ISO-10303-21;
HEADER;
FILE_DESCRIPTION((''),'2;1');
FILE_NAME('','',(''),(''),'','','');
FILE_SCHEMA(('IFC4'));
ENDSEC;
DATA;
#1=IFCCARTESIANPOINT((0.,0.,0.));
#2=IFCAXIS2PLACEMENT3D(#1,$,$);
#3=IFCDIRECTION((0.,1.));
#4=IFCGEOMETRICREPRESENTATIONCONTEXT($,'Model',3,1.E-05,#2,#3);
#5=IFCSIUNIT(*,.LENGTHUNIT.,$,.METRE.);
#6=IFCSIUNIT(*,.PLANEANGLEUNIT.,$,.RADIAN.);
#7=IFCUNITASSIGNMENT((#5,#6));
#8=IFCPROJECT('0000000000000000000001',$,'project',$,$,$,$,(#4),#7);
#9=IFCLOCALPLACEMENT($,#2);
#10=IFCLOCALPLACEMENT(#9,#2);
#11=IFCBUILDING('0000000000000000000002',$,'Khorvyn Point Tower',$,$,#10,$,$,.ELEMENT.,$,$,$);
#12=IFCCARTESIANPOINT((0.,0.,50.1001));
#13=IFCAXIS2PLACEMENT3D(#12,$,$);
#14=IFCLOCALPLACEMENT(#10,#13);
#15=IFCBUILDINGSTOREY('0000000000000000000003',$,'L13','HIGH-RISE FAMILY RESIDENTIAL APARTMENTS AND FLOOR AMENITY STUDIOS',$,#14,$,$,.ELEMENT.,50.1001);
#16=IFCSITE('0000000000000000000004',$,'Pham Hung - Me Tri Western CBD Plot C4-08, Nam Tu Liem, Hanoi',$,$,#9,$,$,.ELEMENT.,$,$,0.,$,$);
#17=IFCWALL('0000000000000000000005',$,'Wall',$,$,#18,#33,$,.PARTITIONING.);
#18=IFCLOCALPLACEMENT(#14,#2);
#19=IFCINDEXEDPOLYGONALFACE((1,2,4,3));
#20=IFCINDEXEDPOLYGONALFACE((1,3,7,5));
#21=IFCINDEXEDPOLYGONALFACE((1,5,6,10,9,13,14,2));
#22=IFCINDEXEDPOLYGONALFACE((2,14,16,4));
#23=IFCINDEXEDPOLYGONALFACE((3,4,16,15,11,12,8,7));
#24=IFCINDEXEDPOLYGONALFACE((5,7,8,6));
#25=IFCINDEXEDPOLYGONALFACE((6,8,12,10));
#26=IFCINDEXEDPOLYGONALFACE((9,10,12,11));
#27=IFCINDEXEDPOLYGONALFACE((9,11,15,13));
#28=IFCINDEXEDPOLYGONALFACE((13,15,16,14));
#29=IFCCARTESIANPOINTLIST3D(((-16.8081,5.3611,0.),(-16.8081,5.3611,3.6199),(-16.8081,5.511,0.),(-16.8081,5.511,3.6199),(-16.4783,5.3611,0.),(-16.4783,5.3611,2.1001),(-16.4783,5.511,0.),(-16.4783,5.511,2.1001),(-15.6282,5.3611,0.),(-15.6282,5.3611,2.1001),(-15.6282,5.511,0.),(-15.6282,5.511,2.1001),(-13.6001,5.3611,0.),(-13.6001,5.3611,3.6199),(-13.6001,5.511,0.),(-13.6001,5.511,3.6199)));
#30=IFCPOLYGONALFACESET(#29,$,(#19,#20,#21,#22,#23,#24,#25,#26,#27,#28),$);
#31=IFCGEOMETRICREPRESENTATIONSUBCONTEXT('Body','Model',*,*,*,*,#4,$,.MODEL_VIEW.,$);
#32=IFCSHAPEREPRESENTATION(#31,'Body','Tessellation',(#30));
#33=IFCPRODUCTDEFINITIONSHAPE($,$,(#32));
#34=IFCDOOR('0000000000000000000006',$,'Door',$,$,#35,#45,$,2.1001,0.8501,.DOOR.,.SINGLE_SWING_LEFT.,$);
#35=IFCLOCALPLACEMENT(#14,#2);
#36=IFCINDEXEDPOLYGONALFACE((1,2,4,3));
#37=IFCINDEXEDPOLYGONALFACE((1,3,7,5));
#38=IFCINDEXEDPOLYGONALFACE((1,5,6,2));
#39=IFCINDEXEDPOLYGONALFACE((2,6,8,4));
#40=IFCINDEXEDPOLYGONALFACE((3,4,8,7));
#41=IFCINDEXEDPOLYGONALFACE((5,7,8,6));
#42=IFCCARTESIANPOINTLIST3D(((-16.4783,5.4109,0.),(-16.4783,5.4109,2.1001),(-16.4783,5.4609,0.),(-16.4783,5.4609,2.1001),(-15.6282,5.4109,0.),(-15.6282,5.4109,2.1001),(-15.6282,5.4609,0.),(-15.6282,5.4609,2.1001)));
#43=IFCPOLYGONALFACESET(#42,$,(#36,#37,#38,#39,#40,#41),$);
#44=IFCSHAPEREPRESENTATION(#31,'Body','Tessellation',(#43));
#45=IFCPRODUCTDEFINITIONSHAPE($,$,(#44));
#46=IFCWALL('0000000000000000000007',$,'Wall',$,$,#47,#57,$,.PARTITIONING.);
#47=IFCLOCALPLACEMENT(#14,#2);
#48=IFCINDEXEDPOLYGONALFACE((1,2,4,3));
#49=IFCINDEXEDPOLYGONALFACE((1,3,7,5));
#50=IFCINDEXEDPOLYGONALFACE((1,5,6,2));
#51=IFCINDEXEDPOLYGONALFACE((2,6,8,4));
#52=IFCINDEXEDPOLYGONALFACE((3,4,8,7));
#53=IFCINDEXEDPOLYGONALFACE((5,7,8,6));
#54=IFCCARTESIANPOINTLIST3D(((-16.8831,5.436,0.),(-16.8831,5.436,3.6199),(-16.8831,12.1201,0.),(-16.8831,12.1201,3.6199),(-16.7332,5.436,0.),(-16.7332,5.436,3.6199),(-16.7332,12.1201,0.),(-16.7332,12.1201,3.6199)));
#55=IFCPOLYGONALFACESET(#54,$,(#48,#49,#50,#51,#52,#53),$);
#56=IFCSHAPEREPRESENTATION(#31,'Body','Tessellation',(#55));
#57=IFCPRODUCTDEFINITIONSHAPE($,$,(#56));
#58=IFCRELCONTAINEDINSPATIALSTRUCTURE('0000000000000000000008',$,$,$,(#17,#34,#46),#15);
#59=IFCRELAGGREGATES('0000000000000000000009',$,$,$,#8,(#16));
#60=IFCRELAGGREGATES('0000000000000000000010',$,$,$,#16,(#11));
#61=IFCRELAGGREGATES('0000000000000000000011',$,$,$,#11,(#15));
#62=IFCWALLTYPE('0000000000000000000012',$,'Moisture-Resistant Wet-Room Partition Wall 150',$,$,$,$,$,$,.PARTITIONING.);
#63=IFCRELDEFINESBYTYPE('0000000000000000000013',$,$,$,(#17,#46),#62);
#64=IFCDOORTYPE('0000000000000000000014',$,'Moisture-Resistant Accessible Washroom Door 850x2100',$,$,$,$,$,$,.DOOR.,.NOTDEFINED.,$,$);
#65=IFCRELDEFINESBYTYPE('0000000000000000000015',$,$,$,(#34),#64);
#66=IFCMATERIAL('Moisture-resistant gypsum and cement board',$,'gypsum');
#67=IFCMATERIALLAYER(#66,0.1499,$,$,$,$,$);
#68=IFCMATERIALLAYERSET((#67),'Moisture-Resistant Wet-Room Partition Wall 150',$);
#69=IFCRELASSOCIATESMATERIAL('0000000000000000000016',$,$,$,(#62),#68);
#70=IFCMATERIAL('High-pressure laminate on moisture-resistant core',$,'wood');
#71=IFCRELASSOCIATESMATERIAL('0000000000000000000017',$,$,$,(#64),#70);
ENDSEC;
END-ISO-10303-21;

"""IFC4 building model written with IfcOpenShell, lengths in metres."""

from ifc_helpers import new_model, si_unit, direction, frame, frame_2d, origin, place, context, subcontext, project, spatial, rectangle, extrude, material, layer, layer_set, type_object, element, fill, save


model = new_model("IFC4")

# Units and contexts
model_context = context("Model", 3, precision=1e-05, world=origin(), true_north=direction((0.0, 1.0)))
body_context = subcontext(model_context, "Body", "Model", "MODEL_VIEW")
ifc_project = project(units=[si_unit("LENGTHUNIT", "METRE"), si_unit("PLANEANGLEUNIT", "RADIAN")], contexts=[model_context])

# Site, building, storey
site_placement = place(None, origin())
site = spatial("IfcSite", under=ifc_project, at=site_placement, Name="Pham Hung - Me Tri Western CBD Plot C4-08, Nam Tu Liem, Hanoi", CompositionType="ELEMENT", RefElevation=0.0)
building_placement = place(site_placement, origin())
building = spatial("IfcBuilding", under=site, at=building_placement, Name="Khorvyn Point Tower", CompositionType="ELEMENT")
storey_placement = place(building_placement, frame((0.0, 0.0, 50.1001)))
storey = spatial("IfcBuildingStorey", under=building, at=storey_placement, Name="L13", Description="HIGH-RISE FAMILY RESIDENTIAL APARTMENTS AND FLOOR AMENITY STUDIOS", CompositionType="ELEMENT", Elevation=50.1001)

# Wall, opening, door
ifc_material_1 = material(Name="Moisture-resistant gypsum and cement board", Category="gypsum")
ifc_layer_1 = layer(ifc_material_1, 0.1499)
ifc_layer_set_1 = layer_set([ifc_layer_1], Name="Moisture-Resistant Wet-Room Partition Wall 150")
wall_type_1 = type_object("IfcWallType", Name="Moisture-Resistant Wet-Room Partition Wall 150", PredefinedType="PARTITIONING", material=ifc_layer_set_1)
ifc_material_2 = material(Name="High-pressure laminate on moisture-resistant core", Category="wood")
door_type_1 = type_object("IfcDoorType", Name="Moisture-Resistant Accessible Washroom Door 850x2100", OperationType="NOTDEFINED", PredefinedType="DOOR", material=ifc_material_2)
wall_1_placement = place(storey_placement, frame((-16.8081, 5.436, 0.0), z_axis=(0.0, 0.0, 1.0), x_axis=(1.0, 0.0, 0.0)))
wall_1 = element("IfcWall", 1, at=wall_1_placement, inside=storey, type_object=wall_type_1, Name="Wall", PredefinedType="PARTITIONING", context=body_context, shape_type="SweptSolid", body=[
    extrude(rectangle(XDim=3.208, YDim=0.1499, at=frame_2d((1.604, 0.0))), origin(), (0.0, 0.0, 1.0), 3.6199),
])
opening_1_placement = place(wall_1_placement, frame((0.3298, 0.0, 0.0)))
opening_1 = element("IfcOpeningElement", 2, at=opening_1_placement, cuts=wall_1, PredefinedType="OPENING", context=body_context, shape_type="SweptSolid", body=[
    extrude(rectangle(XDim=0.8501, YDim=2.1001, at=frame_2d((0.425, 1.05))), frame((0.0, 0.085, 0.0), z_axis=(0.0, -1.0, 0.0), x_axis=(1.0, 0.0, 0.0)), (0.0, 0.0, 1.0), 0.1699),
])
door_1_placement = place(opening_1_placement, origin())
door_1 = element("IfcDoor", 3, at=door_1_placement, inside=storey, type_object=door_type_1, Name="Door", OperationType="SINGLE_SWING_LEFT", OverallHeight=2.1001, OverallWidth=0.8501, PredefinedType="DOOR", context=body_context, shape_type="SweptSolid", body=[
    extrude(rectangle(XDim=0.8501, YDim=2.1001, at=frame_2d((0.425, 1.05))), frame((0.0, 0.0249, 0.0), z_axis=(0.0, -1.0, 0.0), x_axis=(1.0, 0.0, 0.0)), (0.0, 0.0, 1.0), 0.05),
])
fill(opening_1, door_1)

# Wall
wall_2_placement = place(storey_placement, frame((-16.8081, 5.436, 0.0), z_axis=(0.0, 0.0, 1.0), x_axis=(0.0, 1.0, 0.0)))
element("IfcWall", 4, at=wall_2_placement, inside=storey, type_object=wall_type_1, Name="Wall", PredefinedType="PARTITIONING", context=body_context, shape_type="SweptSolid", body=[
    extrude(rectangle(XDim=6.6841, YDim=0.1499, at=frame_2d((3.342, 0.0))), origin(), (0.0, 0.0, 1.0), 3.6199),
])

save(model, "model.ifc")
